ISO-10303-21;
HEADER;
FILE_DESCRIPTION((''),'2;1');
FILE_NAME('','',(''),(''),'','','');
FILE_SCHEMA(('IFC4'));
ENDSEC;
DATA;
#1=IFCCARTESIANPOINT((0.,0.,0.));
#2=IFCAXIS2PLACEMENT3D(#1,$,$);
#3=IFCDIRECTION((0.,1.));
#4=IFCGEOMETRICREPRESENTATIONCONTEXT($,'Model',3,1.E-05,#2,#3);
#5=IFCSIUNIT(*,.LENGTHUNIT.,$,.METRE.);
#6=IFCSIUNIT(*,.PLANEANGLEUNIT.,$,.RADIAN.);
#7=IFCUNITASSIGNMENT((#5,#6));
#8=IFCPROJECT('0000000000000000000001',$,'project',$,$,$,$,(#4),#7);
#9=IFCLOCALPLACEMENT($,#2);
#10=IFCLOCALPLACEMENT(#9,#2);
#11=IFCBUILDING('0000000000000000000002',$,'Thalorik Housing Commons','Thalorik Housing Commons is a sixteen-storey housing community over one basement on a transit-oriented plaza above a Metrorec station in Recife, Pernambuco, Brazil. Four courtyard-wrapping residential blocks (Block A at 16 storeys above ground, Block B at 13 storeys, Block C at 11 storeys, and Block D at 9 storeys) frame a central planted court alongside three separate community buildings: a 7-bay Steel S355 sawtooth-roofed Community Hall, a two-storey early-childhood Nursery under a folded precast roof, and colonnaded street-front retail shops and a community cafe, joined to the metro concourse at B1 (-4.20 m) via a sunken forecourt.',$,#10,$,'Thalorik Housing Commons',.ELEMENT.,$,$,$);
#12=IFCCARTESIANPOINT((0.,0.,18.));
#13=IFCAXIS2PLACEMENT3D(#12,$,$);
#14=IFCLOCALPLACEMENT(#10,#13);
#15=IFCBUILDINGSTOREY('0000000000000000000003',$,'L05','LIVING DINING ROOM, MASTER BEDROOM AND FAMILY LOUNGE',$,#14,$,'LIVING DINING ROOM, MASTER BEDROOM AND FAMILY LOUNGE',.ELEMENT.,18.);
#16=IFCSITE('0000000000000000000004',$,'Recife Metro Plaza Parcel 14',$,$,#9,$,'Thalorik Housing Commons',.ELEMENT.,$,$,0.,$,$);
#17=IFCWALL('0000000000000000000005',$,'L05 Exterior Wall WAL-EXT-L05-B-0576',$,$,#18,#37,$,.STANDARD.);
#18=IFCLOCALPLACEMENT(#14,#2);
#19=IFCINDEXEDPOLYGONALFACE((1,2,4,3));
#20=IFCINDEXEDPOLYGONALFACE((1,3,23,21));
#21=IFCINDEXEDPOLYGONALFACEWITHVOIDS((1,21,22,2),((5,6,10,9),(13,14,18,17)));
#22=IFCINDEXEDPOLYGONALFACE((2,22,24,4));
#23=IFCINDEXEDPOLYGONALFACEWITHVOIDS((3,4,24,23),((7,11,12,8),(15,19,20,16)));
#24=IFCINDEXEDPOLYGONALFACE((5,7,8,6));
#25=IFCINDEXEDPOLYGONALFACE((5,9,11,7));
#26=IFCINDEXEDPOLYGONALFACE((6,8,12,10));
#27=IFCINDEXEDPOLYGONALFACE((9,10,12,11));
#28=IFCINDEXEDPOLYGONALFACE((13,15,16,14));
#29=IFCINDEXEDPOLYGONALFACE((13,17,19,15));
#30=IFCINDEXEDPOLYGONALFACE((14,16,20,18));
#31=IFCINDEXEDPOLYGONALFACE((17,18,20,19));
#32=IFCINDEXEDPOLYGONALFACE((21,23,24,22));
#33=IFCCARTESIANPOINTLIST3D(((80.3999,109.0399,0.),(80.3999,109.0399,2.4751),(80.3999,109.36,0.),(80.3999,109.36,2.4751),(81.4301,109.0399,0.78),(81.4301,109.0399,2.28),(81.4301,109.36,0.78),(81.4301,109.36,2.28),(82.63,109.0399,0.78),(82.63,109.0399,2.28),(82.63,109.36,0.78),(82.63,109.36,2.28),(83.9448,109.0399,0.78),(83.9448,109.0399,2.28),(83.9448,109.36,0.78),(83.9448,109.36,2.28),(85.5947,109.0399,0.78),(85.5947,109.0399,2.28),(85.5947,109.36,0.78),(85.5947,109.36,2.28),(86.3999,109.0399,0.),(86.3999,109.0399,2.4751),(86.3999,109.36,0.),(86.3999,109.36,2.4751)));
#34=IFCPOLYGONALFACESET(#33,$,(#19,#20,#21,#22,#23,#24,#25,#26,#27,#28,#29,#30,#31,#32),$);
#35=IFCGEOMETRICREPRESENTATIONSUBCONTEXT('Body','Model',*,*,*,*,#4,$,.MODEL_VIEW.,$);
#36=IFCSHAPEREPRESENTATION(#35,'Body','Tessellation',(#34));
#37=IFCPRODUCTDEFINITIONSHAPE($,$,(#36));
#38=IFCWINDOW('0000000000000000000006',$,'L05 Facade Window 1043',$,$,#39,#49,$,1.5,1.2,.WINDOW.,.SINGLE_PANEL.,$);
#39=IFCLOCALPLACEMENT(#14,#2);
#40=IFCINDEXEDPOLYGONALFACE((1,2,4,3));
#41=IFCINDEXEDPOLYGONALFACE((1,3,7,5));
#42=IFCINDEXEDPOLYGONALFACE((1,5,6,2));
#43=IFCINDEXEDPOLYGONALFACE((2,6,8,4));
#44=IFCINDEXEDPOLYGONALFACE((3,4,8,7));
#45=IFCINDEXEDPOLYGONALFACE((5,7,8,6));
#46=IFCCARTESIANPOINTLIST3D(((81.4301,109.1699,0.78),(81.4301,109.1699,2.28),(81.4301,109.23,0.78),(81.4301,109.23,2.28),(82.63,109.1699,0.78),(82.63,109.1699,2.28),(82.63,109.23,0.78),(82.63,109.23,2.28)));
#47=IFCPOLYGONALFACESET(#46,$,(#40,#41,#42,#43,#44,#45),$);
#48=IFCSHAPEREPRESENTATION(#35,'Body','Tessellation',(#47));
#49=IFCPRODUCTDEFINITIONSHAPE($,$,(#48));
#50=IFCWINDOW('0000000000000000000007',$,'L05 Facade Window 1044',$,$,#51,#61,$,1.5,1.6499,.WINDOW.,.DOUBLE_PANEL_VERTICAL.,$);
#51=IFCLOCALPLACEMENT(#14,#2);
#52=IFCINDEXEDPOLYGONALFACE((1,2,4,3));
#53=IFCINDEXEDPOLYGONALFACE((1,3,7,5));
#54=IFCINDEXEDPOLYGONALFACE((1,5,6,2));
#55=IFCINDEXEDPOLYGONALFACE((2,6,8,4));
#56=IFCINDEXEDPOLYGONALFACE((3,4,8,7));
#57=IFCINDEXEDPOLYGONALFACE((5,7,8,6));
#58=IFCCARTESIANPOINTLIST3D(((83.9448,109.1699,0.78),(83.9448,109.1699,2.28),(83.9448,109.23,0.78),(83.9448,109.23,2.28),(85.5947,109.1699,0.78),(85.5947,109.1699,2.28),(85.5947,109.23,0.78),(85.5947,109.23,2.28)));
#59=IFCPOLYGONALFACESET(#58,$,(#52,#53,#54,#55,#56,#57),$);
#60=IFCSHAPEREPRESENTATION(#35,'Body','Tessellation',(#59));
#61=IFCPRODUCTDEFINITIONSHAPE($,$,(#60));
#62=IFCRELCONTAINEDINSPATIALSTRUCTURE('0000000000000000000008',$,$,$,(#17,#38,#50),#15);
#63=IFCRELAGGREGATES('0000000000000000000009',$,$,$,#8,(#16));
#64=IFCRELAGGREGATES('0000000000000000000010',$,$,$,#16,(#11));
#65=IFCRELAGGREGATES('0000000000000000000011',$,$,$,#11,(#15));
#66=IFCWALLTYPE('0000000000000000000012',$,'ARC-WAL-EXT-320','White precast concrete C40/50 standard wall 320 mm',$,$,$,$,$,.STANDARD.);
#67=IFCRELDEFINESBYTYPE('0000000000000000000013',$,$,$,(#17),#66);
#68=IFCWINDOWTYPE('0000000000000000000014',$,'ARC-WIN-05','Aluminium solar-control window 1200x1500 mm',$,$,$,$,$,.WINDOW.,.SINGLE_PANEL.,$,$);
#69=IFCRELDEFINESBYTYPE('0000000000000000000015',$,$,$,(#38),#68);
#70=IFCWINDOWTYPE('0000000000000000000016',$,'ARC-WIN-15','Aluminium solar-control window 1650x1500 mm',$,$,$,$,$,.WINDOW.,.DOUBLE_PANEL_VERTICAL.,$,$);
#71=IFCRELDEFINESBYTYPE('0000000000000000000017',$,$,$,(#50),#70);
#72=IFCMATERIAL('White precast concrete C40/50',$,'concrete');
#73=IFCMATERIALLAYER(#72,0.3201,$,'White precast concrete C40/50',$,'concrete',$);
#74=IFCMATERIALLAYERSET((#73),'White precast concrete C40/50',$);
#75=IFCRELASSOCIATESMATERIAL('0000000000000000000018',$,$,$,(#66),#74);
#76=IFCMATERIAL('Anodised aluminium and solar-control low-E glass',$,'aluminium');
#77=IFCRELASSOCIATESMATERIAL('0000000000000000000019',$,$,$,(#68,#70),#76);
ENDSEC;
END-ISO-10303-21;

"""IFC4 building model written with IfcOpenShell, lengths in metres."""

from ifc_helpers import new_model, si_unit, direction, frame, frame_2d, origin, place, context, subcontext, project, spatial, rectangle, extrude, material, layer, layer_set, type_object, element, fill, save


model = new_model("IFC4")

# Units and contexts
model_context = context("Model", 3, precision=1e-05, world=origin(), true_north=direction((0.0, 1.0)))
body_context = subcontext(model_context, "Body", "Model", "MODEL_VIEW")
ifc_project = project(units=[si_unit("LENGTHUNIT", "METRE"), si_unit("PLANEANGLEUNIT", "RADIAN")], contexts=[model_context])

# Site, building, storey
site_placement = place(None, origin())
site = spatial("IfcSite", under=ifc_project, at=site_placement, Name="Recife Metro Plaza Parcel 14", LongName="Thalorik Housing Commons", CompositionType="ELEMENT", RefElevation=0.0)
building_placement = place(site_placement, origin())
building = spatial("IfcBuilding", under=site, at=building_placement, Name="Thalorik Housing Commons", Description="Thalorik Housing Commons is a sixteen-storey housing community over one basement on a transit-oriented plaza above a Metrorec station in Recife, Pernambuco, Brazil. Four courtyard-wrapping residential blocks (Block A at 16 storeys above ground, Block B at 13 storeys, Block C at 11 storeys, and Block D at 9 storeys) frame a central planted court alongside three separate community buildings: a 7-bay Steel S355 sawtooth-roofed Community Hall, a two-storey early-childhood Nursery under a folded precast roof, and colonnaded street-front retail shops and a community cafe, joined to the metro concourse at B1 (-4.20 m) via a sunken forecourt.", LongName="Thalorik Housing Commons", CompositionType="ELEMENT")
storey_placement = place(building_placement, frame((0.0, 0.0, 18.0)))
storey = spatial("IfcBuildingStorey", under=building, at=storey_placement, Name="L05", Description="LIVING DINING ROOM, MASTER BEDROOM AND FAMILY LOUNGE", LongName="LIVING DINING ROOM, MASTER BEDROOM AND FAMILY LOUNGE", CompositionType="ELEMENT", Elevation=18.0)

# Shared definitions
ifc_material_1 = material(Name="Anodised aluminium and solar-control low-E glass", Category="aluminium")

# Shared definitions
ifc_material_2 = material(Name="White precast concrete C40/50", Category="concrete")
ifc_layer_1 = layer(ifc_material_2, 0.3201, Name="White precast concrete C40/50", Category="concrete")
ifc_layer_set_1 = layer_set([ifc_layer_1], Name="White precast concrete C40/50")
wall_type = type_object("IfcWallType", Name="ARC-WAL-EXT-320", Description="White precast concrete C40/50 standard wall 320 mm", PredefinedType="STANDARD", material=ifc_layer_set_1)

# Wall, openings, windows
wall_1_placement = place(storey_placement, frame((80.3999, 109.2, 0.0), z_axis=(0.0, 0.0, 1.0), x_axis=(1.0, 0.0, 0.0)))
wall_1 = element("IfcWall", 1, at=wall_1_placement, inside=storey, type_object=wall_type, Name="L05 Exterior Wall WAL-EXT-L05-B-0576", PredefinedType="STANDARD", context=body_context, shape_type="SweptSolid", body=[
    extrude(rectangle(XDim=6.0, YDim=0.3201, at=frame_2d((3.0, 0.0))), origin(), (0.0, 0.0, 1.0), 2.4751),
])
opening_1_placement = place(wall_1_placement, frame((1.03, 0.0, 0.78)))
opening_1 = element("IfcOpeningElement", 2, at=opening_1_placement, cuts=wall_1, PredefinedType="OPENING", context=body_context, shape_type="SweptSolid", body=[
    extrude(rectangle(XDim=1.2, YDim=1.5, at=frame_2d((0.6001, 0.75))), frame((0.0, 0.1699, 0.0), z_axis=(0.0, -1.0, 0.0), x_axis=(1.0, 0.0, 0.0)), (0.0, 0.0, 1.0), 0.3401),
])
opening_2_placement = place(wall_1_placement, frame((3.5449, 0.0, 0.78)))
opening_2 = element("IfcOpeningElement", 3, at=opening_2_placement, cuts=wall_1, PredefinedType="OPENING", context=body_context, shape_type="SweptSolid", body=[
    extrude(rectangle(XDim=1.6499, YDim=1.5, at=frame_2d((0.825, 0.75))), frame((0.0, 0.1699, 0.0), z_axis=(0.0, -1.0, 0.0), x_axis=(1.0, 0.0, 0.0)), (0.0, 0.0, 1.0), 0.3401),
])
window_type_1 = type_object("IfcWindowType", Name="ARC-WIN-05", Description="Aluminium solar-control window 1200x1500 mm", PartitioningType="SINGLE_PANEL", PredefinedType="WINDOW", material=ifc_material_1)
window_1_placement = place(opening_1_placement, origin())
window_1 = element("IfcWindow", 4, at=window_1_placement, inside=storey, type_object=window_type_1, Name="L05 Facade Window 1043", OverallHeight=1.5, OverallWidth=1.2, PartitioningType="SINGLE_PANEL", PredefinedType="WINDOW", context=body_context, shape_type="SweptSolid", body=[
    extrude(rectangle(XDim=1.2, YDim=1.5, at=frame_2d((0.6001, 0.75))), frame((0.0, 0.03, 0.0), z_axis=(0.0, -1.0, 0.0), x_axis=(1.0, 0.0, 0.0)), (0.0, 0.0, 1.0), 0.0601),
])
fill(opening_1, window_1)
window_type_2 = type_object("IfcWindowType", Name="ARC-WIN-15", Description="Aluminium solar-control window 1650x1500 mm", PartitioningType="DOUBLE_PANEL_VERTICAL", PredefinedType="WINDOW", material=ifc_material_1)
window_2_placement = place(opening_2_placement, origin())
window_2 = element("IfcWindow", 5, at=window_2_placement, inside=storey, type_object=window_type_2, Name="L05 Facade Window 1044", OverallHeight=1.5, OverallWidth=1.6499, PartitioningType="DOUBLE_PANEL_VERTICAL", PredefinedType="WINDOW", context=body_context, shape_type="SweptSolid", body=[
    extrude(rectangle(XDim=1.6499, YDim=1.5, at=frame_2d((0.825, 0.75))), frame((0.0, 0.03, 0.0), z_axis=(0.0, -1.0, 0.0), x_axis=(1.0, 0.0, 0.0)), (0.0, 0.0, 1.0), 0.0601),
])
fill(opening_2, window_2)

save(model, "model.ifc")
